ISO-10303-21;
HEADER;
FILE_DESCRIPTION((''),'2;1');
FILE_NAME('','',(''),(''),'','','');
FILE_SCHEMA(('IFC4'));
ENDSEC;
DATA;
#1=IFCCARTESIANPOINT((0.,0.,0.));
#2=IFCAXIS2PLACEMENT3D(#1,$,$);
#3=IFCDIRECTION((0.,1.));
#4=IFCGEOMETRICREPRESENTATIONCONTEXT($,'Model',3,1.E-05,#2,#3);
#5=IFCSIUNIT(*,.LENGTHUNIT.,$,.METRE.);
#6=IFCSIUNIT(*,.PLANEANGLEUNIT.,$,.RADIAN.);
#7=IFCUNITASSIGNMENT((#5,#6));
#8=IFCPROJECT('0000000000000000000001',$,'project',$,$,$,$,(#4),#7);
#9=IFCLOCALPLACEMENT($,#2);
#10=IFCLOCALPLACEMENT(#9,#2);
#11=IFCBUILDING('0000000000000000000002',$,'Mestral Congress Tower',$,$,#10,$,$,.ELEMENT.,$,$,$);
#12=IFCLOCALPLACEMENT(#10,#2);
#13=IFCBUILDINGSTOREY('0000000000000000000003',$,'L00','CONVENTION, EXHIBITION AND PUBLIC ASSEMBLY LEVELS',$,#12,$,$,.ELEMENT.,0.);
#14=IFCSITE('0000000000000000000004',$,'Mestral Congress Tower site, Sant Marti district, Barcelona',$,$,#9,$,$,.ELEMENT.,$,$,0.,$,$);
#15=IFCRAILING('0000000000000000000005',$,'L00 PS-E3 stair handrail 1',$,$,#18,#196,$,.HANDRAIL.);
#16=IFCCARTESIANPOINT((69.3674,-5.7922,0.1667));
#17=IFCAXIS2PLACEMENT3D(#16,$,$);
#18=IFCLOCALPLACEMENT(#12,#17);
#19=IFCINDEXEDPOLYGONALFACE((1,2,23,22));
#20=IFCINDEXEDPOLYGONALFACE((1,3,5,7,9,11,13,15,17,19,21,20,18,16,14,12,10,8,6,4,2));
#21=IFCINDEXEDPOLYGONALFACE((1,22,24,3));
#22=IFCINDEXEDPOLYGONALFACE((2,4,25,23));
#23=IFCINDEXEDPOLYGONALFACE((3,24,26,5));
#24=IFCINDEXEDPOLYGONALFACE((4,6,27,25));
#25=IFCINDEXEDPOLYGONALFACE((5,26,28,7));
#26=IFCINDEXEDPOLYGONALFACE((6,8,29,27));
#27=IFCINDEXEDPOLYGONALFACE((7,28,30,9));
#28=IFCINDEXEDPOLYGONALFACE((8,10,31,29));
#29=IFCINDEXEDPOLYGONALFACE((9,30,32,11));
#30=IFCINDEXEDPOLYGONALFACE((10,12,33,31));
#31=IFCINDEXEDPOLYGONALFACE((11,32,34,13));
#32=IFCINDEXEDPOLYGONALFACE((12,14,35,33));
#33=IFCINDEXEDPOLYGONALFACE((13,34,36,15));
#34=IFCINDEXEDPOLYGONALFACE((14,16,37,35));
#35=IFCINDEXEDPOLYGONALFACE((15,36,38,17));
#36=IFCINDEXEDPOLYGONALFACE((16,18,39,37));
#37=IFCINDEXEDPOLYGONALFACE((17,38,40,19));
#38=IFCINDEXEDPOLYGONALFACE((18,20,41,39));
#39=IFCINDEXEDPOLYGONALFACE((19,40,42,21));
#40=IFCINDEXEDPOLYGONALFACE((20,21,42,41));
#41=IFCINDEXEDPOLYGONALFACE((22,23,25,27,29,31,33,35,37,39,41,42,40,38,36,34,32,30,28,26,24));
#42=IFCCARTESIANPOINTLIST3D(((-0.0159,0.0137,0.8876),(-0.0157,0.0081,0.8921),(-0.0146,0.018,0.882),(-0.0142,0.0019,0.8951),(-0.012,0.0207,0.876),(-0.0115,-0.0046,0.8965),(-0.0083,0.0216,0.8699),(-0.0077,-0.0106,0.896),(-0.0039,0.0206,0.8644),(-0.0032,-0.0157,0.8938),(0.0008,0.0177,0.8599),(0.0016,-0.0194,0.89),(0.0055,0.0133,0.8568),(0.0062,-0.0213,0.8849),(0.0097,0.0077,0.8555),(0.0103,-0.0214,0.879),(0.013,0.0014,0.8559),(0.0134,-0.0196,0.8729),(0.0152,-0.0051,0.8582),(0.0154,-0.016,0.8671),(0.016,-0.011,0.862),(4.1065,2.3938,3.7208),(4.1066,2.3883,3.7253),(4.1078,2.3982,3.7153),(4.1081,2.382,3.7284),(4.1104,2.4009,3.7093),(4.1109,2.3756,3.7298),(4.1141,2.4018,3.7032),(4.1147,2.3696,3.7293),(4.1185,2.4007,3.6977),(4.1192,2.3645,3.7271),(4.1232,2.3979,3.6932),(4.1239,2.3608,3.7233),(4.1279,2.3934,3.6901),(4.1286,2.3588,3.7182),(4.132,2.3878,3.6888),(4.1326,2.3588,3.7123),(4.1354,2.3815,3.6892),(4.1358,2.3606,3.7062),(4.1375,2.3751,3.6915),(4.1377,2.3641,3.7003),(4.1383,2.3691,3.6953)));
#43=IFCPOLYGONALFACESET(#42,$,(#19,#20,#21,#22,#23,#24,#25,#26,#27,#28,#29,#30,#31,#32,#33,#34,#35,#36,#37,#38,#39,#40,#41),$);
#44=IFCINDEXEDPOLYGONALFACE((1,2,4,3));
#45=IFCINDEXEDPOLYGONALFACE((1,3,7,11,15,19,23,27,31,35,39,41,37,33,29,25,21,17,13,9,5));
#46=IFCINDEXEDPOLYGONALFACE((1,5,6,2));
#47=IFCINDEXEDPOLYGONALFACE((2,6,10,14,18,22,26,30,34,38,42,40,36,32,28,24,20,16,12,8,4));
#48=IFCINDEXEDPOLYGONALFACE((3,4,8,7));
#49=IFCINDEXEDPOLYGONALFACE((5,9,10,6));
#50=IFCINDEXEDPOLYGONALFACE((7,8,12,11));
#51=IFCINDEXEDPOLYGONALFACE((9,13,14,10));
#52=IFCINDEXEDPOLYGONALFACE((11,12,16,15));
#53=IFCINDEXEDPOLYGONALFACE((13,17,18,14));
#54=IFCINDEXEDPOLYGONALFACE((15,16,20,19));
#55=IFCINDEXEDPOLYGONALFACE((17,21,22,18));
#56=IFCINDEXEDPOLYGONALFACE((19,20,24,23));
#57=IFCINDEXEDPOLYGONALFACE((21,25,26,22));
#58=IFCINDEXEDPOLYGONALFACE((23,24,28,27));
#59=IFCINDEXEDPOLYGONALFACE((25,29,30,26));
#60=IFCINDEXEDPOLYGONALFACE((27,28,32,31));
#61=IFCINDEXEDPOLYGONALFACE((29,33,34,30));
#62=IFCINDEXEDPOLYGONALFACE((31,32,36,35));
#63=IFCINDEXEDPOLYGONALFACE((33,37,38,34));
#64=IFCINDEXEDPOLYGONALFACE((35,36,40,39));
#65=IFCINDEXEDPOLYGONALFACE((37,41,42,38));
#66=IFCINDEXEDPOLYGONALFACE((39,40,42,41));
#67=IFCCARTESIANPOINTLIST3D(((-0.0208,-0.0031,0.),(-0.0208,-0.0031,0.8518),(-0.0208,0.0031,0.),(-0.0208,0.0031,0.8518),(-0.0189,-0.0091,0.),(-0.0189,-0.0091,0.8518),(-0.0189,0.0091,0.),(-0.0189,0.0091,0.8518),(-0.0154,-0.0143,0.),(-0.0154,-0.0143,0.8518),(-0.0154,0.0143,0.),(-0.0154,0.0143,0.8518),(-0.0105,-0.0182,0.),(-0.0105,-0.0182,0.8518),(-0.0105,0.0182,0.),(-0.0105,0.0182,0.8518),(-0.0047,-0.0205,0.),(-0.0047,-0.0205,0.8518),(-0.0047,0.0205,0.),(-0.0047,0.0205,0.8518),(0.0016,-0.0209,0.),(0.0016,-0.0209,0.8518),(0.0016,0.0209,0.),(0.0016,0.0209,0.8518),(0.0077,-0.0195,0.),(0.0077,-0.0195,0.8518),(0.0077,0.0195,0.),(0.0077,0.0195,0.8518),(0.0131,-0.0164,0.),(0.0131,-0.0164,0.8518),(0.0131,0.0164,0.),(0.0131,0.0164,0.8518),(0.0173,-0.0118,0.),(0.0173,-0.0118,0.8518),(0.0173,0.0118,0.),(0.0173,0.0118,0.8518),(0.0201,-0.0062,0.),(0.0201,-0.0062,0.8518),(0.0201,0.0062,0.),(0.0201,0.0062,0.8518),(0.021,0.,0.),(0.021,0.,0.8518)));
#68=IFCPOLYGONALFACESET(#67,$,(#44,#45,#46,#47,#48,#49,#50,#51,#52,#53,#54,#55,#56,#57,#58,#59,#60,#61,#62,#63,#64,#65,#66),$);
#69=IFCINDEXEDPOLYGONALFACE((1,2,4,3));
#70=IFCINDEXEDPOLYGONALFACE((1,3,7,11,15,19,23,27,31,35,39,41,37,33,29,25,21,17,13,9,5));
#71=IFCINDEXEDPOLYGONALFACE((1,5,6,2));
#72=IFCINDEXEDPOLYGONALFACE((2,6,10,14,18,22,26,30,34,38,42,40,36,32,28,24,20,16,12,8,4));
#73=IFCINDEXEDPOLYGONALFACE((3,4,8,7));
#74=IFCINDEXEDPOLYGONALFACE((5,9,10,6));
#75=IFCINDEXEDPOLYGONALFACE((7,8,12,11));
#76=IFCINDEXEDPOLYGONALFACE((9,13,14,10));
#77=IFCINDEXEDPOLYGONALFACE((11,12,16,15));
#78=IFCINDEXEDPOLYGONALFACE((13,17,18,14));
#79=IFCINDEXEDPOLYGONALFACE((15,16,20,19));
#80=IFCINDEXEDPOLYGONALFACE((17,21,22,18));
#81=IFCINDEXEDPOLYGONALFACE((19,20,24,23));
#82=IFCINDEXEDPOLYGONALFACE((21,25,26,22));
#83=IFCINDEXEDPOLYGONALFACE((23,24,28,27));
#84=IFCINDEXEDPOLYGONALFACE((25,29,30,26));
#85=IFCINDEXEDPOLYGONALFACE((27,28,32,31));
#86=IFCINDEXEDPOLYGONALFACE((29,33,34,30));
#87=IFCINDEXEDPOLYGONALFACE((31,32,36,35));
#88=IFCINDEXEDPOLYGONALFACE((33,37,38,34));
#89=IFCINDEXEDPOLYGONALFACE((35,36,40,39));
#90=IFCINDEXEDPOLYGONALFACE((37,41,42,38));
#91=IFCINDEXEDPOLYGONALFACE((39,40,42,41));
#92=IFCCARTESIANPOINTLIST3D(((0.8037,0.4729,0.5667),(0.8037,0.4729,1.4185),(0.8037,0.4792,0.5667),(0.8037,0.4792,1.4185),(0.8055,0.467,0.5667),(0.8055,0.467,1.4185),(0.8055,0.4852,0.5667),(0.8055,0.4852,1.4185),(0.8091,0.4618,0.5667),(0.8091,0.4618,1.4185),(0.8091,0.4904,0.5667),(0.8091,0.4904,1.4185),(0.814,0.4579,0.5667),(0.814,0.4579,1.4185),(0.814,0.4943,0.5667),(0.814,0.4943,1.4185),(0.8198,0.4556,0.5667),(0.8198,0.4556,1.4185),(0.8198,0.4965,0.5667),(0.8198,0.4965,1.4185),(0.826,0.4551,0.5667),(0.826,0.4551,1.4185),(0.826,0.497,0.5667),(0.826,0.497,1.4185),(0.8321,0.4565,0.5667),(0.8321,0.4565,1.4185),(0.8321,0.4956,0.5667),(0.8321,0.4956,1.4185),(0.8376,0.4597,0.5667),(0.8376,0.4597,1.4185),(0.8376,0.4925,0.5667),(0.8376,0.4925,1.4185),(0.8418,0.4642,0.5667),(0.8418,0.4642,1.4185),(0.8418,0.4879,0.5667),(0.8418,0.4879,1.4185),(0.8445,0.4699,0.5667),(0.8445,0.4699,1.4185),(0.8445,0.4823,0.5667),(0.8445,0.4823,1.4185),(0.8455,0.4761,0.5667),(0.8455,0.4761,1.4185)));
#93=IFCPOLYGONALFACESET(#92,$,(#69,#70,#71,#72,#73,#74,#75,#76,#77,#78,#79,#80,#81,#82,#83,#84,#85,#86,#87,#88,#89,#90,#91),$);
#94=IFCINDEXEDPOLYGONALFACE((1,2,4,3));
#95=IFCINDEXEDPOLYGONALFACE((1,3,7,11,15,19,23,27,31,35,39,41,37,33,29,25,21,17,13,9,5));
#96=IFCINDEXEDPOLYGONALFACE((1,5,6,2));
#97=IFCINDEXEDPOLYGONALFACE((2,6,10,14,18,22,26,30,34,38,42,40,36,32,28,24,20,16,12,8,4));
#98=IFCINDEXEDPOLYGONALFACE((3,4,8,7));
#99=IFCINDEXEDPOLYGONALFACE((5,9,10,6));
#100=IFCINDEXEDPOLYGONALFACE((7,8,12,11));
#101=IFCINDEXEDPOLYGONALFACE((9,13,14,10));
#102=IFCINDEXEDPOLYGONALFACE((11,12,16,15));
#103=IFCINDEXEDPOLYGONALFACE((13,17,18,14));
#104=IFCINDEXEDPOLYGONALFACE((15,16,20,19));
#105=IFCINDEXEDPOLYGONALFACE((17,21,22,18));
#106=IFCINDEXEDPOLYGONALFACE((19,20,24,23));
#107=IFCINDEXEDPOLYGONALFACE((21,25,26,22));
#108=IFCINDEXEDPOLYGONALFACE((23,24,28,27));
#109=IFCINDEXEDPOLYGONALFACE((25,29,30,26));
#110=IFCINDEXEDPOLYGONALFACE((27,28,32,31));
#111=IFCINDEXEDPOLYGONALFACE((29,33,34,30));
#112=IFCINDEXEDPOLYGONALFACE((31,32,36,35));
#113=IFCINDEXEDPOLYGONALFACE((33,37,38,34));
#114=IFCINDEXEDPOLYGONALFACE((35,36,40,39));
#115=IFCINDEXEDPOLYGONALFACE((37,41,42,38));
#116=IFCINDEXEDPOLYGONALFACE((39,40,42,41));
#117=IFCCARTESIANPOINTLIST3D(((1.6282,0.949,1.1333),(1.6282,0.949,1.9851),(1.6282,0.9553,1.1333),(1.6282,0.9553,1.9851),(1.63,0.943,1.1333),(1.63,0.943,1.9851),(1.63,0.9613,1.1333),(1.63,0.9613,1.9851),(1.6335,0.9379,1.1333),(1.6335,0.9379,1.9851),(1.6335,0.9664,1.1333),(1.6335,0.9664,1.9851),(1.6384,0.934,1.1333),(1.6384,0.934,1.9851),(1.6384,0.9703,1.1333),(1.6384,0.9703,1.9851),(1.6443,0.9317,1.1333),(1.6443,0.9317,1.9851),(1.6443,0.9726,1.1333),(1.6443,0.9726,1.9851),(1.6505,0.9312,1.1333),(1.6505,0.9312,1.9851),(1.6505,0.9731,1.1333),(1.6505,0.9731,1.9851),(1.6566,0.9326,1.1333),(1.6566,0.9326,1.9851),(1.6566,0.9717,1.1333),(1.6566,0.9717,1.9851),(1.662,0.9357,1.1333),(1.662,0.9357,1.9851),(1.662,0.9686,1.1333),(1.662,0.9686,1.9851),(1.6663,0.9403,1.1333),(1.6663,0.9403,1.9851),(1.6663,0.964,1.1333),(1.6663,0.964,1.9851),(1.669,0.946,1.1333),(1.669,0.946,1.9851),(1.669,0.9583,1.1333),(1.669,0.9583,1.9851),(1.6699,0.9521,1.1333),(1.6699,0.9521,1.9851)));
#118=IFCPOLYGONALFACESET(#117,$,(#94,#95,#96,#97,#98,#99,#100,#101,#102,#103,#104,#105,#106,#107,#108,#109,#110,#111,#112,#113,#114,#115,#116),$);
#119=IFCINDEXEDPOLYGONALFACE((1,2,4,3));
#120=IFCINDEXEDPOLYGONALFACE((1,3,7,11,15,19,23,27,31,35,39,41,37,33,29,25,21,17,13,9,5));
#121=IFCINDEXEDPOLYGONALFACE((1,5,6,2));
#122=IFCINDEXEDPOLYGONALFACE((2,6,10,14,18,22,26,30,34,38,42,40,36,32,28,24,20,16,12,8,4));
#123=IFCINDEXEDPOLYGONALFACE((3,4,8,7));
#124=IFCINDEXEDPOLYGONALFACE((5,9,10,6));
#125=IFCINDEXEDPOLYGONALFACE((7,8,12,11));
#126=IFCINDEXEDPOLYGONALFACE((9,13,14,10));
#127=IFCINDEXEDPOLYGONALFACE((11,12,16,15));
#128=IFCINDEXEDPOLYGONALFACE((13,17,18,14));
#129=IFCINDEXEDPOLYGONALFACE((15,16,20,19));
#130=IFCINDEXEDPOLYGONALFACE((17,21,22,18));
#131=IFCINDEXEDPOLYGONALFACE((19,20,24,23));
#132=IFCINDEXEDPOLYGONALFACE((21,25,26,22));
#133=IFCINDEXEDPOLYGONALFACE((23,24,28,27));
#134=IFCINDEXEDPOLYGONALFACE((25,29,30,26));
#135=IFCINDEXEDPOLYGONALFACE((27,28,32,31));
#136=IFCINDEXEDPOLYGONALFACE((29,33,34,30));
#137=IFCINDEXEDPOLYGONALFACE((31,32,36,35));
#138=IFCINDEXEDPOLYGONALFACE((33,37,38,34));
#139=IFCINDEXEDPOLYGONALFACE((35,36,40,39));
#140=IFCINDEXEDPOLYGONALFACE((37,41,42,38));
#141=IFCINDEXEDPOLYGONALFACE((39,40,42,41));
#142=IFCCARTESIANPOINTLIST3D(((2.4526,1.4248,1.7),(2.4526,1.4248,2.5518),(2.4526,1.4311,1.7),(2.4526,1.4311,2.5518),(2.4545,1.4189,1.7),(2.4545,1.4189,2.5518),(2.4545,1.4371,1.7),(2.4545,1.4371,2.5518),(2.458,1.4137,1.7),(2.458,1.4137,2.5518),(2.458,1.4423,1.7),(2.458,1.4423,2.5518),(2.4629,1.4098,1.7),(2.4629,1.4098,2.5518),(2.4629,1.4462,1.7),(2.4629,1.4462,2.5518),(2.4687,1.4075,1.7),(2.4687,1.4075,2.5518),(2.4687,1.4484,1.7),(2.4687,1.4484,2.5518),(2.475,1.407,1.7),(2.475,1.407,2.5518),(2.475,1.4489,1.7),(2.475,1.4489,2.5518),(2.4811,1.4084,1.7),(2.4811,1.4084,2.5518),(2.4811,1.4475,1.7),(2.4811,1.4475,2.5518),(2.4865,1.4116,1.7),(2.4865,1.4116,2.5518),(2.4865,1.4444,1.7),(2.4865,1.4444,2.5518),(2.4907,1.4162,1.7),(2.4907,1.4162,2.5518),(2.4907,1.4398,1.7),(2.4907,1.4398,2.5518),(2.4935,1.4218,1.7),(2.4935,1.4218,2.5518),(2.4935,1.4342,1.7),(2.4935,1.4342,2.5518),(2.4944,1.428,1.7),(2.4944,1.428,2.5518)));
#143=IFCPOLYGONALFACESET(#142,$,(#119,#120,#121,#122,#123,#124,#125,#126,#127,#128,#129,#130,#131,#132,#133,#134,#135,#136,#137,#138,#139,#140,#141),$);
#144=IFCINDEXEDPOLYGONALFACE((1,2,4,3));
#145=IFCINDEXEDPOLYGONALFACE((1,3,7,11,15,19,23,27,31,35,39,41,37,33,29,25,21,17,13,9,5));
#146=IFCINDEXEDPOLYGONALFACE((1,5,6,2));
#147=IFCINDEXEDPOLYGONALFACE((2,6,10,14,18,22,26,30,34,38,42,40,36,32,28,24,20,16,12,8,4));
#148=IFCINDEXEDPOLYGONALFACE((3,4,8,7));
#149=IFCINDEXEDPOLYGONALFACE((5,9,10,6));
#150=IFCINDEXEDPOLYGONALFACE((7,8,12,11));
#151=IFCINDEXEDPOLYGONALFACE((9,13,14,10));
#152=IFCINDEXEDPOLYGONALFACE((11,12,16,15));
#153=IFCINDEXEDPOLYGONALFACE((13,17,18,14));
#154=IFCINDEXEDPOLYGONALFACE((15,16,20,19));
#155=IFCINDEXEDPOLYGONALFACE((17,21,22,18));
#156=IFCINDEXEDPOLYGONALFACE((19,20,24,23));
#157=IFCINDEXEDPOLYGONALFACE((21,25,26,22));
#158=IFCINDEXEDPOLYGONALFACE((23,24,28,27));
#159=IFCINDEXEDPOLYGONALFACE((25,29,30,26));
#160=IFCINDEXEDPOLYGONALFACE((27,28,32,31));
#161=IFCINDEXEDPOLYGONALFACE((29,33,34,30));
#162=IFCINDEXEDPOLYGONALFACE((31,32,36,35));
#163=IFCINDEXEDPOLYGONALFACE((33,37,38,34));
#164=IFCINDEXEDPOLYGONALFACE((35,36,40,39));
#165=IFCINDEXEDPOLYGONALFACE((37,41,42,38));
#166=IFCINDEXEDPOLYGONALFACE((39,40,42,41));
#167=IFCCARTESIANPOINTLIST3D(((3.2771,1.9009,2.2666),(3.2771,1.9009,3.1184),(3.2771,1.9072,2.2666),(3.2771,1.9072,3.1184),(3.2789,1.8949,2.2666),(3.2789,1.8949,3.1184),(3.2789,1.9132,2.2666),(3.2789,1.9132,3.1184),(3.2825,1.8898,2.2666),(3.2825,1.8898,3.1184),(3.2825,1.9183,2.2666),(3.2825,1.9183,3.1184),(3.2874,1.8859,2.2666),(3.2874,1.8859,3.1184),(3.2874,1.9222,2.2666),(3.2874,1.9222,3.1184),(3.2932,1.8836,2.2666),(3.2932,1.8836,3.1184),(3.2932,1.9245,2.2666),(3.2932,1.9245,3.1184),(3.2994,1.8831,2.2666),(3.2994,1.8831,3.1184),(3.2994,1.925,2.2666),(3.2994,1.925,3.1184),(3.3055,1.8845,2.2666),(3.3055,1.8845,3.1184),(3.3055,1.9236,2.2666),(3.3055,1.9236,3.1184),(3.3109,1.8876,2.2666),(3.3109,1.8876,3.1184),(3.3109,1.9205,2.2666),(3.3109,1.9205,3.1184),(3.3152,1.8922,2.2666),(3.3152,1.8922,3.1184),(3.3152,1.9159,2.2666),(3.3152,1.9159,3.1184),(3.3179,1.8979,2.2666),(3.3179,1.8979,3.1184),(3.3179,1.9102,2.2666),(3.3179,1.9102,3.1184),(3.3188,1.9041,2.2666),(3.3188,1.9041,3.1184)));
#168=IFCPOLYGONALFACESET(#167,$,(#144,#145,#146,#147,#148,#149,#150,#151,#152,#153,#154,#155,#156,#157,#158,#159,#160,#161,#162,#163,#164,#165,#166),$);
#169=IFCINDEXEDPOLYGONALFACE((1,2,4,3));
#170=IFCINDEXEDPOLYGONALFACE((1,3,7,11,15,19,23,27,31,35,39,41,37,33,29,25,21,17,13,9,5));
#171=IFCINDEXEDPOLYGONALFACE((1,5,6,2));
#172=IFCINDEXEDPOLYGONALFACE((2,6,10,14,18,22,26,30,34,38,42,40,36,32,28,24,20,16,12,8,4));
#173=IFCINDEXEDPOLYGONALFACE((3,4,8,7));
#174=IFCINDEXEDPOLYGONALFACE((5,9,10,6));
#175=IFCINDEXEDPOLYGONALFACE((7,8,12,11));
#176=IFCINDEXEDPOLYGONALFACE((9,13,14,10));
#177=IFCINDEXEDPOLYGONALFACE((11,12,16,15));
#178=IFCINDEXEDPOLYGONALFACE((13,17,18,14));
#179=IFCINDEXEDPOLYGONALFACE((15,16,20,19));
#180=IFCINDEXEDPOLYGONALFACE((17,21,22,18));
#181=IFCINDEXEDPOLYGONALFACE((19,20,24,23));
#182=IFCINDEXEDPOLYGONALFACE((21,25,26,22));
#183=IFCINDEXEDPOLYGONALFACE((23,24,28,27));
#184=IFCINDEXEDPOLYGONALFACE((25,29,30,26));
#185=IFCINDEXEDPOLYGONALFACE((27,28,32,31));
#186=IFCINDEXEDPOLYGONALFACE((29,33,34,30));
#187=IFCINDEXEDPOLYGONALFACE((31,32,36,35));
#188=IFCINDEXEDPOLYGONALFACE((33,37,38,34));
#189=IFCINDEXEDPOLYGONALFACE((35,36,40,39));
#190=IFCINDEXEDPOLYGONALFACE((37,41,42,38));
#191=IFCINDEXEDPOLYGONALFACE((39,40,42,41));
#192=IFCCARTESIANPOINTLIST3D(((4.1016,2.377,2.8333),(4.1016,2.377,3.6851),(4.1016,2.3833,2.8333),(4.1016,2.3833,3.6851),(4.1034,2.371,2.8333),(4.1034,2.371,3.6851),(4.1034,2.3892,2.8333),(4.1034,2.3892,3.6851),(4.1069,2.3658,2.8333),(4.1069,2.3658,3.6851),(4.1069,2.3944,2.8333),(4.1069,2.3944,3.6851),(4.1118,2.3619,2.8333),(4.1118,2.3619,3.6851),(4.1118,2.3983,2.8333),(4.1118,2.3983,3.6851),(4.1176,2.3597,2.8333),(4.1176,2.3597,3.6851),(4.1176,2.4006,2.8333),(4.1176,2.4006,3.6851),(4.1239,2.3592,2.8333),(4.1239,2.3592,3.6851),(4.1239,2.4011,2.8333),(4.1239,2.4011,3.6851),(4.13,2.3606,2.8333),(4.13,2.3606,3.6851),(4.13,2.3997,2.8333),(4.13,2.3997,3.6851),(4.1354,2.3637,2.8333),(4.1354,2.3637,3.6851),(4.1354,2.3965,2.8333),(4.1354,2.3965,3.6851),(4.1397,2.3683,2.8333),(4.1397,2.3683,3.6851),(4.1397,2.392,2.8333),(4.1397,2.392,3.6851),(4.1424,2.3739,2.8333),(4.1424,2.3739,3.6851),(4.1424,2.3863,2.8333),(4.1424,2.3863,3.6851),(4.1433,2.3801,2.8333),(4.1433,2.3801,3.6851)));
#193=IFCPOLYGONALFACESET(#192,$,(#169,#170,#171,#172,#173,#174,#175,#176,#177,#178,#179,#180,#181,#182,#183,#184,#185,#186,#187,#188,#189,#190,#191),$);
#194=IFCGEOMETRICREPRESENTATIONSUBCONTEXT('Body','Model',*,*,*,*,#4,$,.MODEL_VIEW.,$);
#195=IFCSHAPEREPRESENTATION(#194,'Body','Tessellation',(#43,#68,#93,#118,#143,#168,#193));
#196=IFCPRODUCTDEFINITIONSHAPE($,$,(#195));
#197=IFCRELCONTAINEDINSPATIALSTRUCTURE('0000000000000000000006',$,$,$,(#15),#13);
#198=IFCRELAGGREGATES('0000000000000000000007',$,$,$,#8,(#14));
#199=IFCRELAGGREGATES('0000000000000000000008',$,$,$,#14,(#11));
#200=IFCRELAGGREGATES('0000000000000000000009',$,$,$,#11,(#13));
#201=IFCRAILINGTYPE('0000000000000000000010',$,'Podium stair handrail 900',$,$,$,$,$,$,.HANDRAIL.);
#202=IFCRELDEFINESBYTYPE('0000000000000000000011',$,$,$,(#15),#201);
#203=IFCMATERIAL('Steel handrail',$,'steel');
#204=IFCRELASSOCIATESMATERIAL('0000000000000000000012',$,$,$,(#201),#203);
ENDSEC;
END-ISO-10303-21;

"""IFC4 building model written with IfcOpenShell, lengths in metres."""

from ifc_helpers import new_model, si_unit, direction, frame, origin, origin_2d, place, context, subcontext, project, spatial, circle, extrude, material, type_object, element, save


model = new_model("IFC4")

# Units and contexts
model_context = context("Model", 3, precision=1e-05, world=origin(), true_north=direction((0.0, 1.0)))
body_context = subcontext(model_context, "Body", "Model", "MODEL_VIEW")
ifc_project = project(units=[si_unit("LENGTHUNIT", "METRE"), si_unit("PLANEANGLEUNIT", "RADIAN")], contexts=[model_context])

# Site, building, storey
site_placement = place(None, origin())
site = spatial("IfcSite", under=ifc_project, at=site_placement, Name="Mestral Congress Tower site, Sant Marti district, Barcelona", CompositionType="ELEMENT", RefElevation=0.0)
building_placement = place(site_placement, origin())
building = spatial("IfcBuilding", under=site, at=building_placement, Name="Mestral Congress Tower", CompositionType="ELEMENT")
storey_placement = place(building_placement, origin())
storey = spatial("IfcBuildingStorey", under=building, at=storey_placement, Name="L00", Description="CONVENTION, EXHIBITION AND PUBLIC ASSEMBLY LEVELS", CompositionType="ELEMENT", Elevation=0.0)

# Railing
ifc_material_1 = material(Name="Steel handrail", Category="steel")
railing_type_1 = type_object("IfcRailingType", Name="Podium stair handrail 900", PredefinedType="HANDRAIL", material=ifc_material_1)
railing_1_placement = place(storey_placement, frame((69.3674, -5.7922, 0.1667)))
element("IfcRailing", 1, at=railing_1_placement, inside=storey, type_object=railing_type_1, Name="L00 PS-E3 stair handrail 1", PredefinedType="HANDRAIL", context=body_context, shape_type="SweptSolid", body=[
    extrude(circle(Radius=0.0239, at=origin_2d()), frame((0.0, 0.0, 0.876), z_axis=(0.74417, 0.429666, 0.511466), x_axis=(-0.500017, 0.866016, 0.0)), (0.0, 0.0, 1.0), 5.5396),
    extrude(circle(Radius=0.021, at=origin_2d()), origin(), (0.0, 0.0, 1.0), 0.8518),
    extrude(circle(Radius=0.021, at=origin_2d()), frame((0.8245, 0.4761, 0.5667)), (0.0, 0.0, 1.0), 0.8518),
    extrude(circle(Radius=0.021, at=origin_2d()), frame((1.6489, 0.9521, 1.1333)), (0.0, 0.0, 1.0), 0.8518),
    extrude(circle(Radius=0.021, at=origin_2d()), frame((2.4734, 1.428, 1.7)), (0.0, 0.0, 1.0), 0.8518),
    extrude(circle(Radius=0.021, at=origin_2d()), frame((3.2979, 1.9041, 2.2666)), (0.0, 0.0, 1.0), 0.8518),
    extrude(circle(Radius=0.021, at=origin_2d()), frame((4.1223, 2.3801, 2.8333)), (0.0, 0.0, 1.0), 0.8518),
])

save(model, "model.ifc")
